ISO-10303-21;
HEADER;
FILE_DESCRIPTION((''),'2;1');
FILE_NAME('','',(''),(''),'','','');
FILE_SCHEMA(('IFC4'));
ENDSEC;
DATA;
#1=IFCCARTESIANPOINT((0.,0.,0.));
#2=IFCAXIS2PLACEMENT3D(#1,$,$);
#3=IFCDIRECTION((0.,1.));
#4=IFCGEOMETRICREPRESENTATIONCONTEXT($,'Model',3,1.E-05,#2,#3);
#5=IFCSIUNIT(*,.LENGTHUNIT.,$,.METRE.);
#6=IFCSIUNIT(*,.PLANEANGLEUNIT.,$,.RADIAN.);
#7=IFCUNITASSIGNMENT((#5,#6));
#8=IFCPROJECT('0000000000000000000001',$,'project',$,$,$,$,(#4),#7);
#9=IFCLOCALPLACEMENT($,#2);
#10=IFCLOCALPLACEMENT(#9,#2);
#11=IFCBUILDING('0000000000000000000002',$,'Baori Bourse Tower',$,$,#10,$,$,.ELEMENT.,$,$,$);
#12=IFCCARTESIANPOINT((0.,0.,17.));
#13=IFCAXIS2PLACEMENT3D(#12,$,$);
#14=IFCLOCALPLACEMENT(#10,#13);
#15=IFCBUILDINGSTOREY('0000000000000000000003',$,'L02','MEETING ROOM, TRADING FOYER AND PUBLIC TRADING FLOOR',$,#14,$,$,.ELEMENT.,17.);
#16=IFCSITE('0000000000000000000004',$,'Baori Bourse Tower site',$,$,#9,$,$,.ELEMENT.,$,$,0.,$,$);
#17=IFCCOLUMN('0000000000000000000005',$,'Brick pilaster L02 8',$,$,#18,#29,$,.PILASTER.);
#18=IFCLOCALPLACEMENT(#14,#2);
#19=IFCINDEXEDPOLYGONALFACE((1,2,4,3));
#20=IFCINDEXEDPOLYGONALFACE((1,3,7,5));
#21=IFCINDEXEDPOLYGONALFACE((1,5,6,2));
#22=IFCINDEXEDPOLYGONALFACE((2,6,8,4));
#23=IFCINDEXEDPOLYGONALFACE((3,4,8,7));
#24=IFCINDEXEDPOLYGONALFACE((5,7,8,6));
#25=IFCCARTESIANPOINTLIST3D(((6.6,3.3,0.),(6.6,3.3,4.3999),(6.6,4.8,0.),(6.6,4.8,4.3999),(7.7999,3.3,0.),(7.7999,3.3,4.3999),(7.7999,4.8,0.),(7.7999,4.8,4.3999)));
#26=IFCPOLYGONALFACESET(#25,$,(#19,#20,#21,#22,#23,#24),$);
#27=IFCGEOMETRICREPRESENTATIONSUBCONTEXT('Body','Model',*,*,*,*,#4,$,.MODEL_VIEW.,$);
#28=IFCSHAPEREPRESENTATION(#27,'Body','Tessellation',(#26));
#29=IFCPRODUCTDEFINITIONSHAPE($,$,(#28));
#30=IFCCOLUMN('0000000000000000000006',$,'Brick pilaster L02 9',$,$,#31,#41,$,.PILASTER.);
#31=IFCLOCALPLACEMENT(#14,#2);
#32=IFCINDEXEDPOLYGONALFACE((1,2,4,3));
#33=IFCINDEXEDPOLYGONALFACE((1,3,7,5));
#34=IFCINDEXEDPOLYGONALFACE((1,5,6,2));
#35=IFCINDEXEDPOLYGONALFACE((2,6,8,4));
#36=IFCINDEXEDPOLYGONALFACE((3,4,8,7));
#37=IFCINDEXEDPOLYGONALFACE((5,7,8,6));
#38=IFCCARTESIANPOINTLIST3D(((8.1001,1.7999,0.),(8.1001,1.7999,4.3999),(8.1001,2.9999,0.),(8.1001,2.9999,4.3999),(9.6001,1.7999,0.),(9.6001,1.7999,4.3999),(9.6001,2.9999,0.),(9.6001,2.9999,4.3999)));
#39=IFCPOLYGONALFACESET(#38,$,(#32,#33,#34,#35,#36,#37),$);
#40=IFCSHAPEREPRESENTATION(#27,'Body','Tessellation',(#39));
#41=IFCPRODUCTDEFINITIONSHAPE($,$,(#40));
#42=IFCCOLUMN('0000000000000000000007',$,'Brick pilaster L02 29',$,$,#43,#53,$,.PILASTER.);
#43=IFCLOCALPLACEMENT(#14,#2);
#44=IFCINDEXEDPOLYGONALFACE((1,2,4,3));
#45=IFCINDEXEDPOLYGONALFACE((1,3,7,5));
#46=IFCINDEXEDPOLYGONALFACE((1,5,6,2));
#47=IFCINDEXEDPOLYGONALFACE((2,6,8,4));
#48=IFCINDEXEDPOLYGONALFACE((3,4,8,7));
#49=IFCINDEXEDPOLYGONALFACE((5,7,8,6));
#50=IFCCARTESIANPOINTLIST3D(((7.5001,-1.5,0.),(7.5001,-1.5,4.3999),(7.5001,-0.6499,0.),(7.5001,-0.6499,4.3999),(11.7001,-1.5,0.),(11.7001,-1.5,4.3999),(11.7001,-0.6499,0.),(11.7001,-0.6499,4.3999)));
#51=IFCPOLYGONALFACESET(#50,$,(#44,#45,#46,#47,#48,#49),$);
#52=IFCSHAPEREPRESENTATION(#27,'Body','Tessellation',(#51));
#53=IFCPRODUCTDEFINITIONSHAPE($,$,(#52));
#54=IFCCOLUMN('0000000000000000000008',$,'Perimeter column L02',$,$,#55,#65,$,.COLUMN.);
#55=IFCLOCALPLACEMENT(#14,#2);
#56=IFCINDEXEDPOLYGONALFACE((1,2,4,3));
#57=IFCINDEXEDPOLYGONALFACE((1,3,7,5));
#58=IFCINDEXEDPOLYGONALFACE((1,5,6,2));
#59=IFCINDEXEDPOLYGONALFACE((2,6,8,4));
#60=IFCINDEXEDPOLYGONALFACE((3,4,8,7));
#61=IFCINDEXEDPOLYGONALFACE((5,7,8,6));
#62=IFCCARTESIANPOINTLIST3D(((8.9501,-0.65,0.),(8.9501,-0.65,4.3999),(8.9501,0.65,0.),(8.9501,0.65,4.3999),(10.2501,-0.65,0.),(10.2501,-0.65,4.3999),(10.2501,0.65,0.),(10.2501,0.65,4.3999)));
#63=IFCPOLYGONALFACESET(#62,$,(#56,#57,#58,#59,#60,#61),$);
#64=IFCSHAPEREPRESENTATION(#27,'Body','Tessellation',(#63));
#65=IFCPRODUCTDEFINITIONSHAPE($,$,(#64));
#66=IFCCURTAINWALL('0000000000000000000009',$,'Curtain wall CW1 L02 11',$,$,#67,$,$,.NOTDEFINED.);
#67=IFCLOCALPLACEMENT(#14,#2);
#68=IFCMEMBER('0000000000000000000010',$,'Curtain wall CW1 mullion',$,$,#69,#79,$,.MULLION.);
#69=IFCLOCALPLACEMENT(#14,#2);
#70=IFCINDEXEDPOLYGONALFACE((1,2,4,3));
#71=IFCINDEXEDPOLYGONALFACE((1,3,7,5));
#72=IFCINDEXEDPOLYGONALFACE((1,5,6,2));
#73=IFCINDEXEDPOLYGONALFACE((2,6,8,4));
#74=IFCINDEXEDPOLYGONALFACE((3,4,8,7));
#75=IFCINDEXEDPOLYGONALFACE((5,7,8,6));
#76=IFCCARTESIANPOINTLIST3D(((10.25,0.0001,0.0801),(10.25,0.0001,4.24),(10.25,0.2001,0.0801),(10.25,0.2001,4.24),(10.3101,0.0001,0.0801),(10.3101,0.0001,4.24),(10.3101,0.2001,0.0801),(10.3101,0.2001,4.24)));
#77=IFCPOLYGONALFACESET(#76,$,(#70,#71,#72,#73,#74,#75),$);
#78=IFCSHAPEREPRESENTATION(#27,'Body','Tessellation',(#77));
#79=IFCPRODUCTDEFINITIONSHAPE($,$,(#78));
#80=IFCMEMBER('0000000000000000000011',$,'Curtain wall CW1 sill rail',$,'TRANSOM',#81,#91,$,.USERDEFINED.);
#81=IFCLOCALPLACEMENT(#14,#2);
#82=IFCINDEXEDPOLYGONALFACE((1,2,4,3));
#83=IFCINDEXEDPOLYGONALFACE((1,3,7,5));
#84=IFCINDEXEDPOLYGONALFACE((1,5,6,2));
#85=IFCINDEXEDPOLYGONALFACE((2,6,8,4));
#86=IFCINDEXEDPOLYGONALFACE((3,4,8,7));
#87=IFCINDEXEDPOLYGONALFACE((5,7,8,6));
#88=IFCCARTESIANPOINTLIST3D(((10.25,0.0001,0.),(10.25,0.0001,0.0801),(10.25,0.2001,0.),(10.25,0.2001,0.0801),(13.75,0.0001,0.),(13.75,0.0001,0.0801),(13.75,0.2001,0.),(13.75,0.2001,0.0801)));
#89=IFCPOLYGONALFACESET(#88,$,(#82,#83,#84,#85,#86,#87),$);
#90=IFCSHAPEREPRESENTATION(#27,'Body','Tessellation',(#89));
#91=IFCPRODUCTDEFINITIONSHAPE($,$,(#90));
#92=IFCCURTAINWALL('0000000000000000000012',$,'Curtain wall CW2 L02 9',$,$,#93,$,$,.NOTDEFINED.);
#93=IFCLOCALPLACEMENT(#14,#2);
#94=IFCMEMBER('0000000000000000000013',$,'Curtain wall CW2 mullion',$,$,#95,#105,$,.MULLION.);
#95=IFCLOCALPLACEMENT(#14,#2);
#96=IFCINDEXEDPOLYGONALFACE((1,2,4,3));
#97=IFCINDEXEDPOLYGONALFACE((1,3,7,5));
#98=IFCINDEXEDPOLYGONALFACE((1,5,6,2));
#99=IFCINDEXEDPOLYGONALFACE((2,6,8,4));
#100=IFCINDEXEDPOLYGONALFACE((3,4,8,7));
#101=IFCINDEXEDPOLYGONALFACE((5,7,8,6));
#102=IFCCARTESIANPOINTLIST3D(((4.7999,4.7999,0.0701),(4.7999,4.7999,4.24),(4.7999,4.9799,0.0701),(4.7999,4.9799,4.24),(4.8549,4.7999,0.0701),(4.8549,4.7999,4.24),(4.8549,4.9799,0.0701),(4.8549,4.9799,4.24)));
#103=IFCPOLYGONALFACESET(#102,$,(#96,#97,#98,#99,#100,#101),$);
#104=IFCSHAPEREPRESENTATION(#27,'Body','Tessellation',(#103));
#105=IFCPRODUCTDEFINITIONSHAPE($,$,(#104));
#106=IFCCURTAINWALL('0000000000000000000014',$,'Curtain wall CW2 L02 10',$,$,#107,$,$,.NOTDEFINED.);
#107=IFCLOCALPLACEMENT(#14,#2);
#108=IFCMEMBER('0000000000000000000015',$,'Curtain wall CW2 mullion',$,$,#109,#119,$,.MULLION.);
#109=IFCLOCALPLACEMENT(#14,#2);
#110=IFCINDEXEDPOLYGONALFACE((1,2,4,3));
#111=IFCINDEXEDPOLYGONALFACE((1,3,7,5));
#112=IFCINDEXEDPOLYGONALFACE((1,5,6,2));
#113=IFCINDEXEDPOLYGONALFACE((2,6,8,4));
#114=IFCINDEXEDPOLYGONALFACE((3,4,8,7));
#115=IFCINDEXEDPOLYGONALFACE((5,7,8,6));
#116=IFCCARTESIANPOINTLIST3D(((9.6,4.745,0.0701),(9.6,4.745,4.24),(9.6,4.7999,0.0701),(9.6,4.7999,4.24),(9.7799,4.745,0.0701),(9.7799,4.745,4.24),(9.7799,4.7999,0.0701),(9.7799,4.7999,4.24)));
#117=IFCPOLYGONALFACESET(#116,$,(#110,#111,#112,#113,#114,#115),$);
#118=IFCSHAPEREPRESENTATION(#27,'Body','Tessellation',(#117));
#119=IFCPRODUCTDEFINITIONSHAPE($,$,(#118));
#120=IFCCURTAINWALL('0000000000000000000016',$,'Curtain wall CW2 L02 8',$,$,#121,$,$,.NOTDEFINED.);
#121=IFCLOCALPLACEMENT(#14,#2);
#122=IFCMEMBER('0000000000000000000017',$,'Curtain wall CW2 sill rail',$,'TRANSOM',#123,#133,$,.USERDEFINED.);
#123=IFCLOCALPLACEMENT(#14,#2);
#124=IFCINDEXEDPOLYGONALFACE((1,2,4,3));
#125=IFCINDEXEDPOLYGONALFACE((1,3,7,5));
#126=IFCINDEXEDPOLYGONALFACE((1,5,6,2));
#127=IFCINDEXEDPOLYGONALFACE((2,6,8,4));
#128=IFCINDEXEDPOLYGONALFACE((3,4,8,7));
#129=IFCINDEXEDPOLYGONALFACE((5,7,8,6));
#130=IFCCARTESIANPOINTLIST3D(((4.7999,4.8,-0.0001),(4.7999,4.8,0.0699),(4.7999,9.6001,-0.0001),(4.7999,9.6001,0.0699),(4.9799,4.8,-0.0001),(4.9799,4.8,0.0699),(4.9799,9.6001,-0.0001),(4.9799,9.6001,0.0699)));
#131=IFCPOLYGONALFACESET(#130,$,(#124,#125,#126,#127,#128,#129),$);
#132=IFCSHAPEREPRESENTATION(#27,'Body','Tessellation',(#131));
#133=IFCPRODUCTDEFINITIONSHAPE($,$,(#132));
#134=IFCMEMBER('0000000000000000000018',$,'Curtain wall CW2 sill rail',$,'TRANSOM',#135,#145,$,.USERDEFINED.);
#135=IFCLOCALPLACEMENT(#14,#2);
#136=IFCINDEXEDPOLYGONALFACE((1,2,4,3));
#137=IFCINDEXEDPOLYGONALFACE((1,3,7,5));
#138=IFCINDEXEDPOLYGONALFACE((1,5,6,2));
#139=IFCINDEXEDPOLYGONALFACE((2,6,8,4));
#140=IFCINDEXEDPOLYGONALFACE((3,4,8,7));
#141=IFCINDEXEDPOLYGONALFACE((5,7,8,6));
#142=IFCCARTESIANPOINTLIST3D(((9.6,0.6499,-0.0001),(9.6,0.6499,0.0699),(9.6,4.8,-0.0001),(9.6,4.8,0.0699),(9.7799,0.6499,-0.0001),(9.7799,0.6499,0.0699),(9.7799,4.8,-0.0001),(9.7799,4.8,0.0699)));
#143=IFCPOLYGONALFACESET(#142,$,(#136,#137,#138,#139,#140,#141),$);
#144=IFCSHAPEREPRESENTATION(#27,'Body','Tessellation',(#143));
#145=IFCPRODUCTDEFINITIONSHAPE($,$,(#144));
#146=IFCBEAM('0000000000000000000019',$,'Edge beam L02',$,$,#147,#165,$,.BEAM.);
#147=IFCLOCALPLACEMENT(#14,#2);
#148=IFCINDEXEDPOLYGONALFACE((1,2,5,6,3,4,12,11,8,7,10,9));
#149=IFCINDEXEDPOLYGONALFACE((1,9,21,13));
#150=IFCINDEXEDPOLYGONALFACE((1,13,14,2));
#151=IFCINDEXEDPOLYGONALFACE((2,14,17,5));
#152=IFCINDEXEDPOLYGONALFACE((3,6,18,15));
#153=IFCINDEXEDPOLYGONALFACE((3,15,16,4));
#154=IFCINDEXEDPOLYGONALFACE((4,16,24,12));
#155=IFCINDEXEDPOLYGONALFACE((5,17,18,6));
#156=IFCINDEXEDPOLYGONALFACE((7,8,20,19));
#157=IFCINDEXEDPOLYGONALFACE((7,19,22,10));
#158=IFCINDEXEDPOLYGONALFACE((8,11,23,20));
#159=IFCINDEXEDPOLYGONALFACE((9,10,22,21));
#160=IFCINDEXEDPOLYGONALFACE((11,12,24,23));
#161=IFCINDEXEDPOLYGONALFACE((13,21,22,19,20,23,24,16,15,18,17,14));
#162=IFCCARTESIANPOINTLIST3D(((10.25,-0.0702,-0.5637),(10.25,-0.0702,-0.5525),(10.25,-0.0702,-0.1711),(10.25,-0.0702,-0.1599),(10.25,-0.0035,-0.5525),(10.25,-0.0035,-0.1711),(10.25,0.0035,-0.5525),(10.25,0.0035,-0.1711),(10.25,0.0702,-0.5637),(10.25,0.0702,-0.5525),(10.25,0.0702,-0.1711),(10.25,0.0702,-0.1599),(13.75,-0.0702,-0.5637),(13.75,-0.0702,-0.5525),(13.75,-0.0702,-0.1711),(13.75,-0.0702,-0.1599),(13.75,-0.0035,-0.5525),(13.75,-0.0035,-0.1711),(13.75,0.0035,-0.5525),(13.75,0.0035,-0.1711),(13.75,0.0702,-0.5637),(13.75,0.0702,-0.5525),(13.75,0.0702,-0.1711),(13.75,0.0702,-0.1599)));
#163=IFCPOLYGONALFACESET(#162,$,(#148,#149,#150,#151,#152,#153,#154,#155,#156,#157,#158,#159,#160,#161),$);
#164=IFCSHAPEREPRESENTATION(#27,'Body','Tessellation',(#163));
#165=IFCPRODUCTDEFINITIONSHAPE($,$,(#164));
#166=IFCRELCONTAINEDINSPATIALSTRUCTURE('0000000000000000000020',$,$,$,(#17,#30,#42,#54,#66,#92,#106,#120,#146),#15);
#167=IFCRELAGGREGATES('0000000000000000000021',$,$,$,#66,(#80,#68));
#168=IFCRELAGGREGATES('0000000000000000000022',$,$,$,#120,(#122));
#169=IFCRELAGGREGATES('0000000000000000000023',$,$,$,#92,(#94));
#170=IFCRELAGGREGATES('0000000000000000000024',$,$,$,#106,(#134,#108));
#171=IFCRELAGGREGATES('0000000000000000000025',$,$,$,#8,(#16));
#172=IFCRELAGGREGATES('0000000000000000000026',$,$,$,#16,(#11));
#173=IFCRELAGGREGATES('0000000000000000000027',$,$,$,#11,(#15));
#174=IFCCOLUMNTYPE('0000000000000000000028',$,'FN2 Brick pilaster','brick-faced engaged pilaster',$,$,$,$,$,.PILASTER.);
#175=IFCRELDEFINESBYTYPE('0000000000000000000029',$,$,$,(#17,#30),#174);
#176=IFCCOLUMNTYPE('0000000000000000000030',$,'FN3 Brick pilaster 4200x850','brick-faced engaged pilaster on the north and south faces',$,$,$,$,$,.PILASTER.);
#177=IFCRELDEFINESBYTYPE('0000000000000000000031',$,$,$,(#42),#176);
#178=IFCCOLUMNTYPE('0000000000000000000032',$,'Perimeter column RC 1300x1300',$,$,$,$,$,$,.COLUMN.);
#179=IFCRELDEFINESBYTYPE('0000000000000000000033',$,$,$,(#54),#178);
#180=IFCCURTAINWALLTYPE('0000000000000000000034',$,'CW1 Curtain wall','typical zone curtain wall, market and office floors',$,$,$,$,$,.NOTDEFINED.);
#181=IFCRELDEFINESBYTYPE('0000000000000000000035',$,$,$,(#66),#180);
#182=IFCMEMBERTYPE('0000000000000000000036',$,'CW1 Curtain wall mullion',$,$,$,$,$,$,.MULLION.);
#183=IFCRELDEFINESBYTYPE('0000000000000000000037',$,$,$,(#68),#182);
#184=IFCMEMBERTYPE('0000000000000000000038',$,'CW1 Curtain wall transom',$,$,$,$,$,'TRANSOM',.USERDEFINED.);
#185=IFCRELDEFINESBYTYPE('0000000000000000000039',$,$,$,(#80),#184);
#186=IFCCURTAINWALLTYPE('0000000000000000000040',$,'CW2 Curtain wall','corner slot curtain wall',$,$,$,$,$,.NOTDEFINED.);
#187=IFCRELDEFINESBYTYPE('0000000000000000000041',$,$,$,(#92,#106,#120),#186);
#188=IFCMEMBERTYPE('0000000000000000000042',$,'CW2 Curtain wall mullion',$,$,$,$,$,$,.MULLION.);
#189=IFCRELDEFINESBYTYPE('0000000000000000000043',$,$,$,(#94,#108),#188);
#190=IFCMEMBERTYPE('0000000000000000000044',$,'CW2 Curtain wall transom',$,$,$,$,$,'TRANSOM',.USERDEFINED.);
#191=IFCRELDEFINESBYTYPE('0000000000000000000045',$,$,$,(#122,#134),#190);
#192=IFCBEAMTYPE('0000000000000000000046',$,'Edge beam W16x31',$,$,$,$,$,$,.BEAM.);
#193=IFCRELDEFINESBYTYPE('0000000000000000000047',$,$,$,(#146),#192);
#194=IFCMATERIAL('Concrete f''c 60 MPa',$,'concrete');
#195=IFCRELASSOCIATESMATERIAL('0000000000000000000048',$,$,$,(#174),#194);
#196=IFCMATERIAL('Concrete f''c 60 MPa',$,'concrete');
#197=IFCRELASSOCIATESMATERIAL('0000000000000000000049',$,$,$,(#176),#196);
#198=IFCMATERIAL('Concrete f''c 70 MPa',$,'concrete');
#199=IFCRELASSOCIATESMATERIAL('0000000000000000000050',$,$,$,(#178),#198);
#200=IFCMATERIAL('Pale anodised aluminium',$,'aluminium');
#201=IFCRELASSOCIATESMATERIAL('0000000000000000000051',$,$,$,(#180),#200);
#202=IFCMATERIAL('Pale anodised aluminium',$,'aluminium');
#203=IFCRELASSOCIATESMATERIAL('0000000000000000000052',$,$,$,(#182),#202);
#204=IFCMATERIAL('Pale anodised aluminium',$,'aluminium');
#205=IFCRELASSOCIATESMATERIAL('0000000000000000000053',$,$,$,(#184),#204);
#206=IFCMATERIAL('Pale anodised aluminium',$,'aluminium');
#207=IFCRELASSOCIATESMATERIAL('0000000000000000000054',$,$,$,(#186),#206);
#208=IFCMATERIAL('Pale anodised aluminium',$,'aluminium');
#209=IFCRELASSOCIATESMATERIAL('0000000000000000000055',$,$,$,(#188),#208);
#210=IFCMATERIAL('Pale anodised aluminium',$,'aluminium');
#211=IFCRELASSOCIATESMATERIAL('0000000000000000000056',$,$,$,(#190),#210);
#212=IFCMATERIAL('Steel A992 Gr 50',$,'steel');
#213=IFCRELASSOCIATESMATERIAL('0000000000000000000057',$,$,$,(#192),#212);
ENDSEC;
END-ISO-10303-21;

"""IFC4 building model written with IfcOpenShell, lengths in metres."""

from ifc_helpers import new_model, si_unit, direction, frame, origin, origin_2d, place, context, subcontext, project, spatial, rectangle, i_section, extrude, material, material_profile, profile_set, type_object, element, aggregate, save


model = new_model("IFC4")

# Units and contexts
model_context = context("Model", 3, precision=1e-05, world=origin(), true_north=direction((0.0, 1.0)))
body_context = subcontext(model_context, "Body", "Model", "MODEL_VIEW")
ifc_project = project(units=[si_unit("LENGTHUNIT", "METRE"), si_unit("PLANEANGLEUNIT", "RADIAN")], contexts=[model_context])

# Site, building, storey
site_placement = place(None, origin())
site = spatial("IfcSite", under=ifc_project, at=site_placement, Name="Baori Bourse Tower site", CompositionType="ELEMENT", RefElevation=0.0)
building_placement = place(site_placement, origin())
building = spatial("IfcBuilding", under=site, at=building_placement, Name="Baori Bourse Tower", CompositionType="ELEMENT")
storey_placement = place(building_placement, frame((0.0, 0.0, 17.0)))
storey = spatial("IfcBuildingStorey", under=building, at=storey_placement, Name="L02", Description="MEETING ROOM, TRADING FOYER AND PUBLIC TRADING FLOOR", CompositionType="ELEMENT", Elevation=17.0)

# Columns
ifc_material_1 = material(Name="Concrete f'c 60 MPa", Category="concrete")
ifc_material_profile_1 = material_profile(ifc_material_1, rectangle(XDim=1.2, YDim=1.5, at=origin_2d()), Name="RC 1200x1500")
ifc_profile_set_1 = profile_set([ifc_material_profile_1], Name="Concrete f'c 60 MPa")
column_type_1 = type_object("IfcColumnType", Name="FN2 Brick pilaster", Description="brick-faced engaged pilaster", PredefinedType="PILASTER", material=ifc_profile_set_1)
for number, where, z_axis, x_axis, name in (
    (1, (7.2, 4.05, 0.0), (0.0, 0.0, 1.0), (1.0, 0.0, 0.0), "Brick pilaster L02 8"),
    (2, (8.8501, 2.3999, 0.0), (0.0, 0.0, 1.0), (0.0, 1.0, 0.0), "Brick pilaster L02 9"),
):
    element("IfcColumn", number, at=place(storey_placement, frame(where, z_axis=z_axis, x_axis=x_axis)), inside=storey, type_object=column_type_1, Name=name, PredefinedType="PILASTER", context=body_context, shape_type="SweptSolid", body=[
        extrude(rectangle(XDim=1.2, YDim=1.5, at=origin_2d()), origin(), (0.0, 0.0, 1.0), 4.3999),
    ])
ifc_material_2 = material(Name="Concrete f'c 60 MPa", Category="concrete")
ifc_material_profile_2 = material_profile(ifc_material_2, rectangle(XDim=4.2, YDim=0.8501, at=origin_2d()), Name="RC 4200x850")
ifc_profile_set_2 = profile_set([ifc_material_profile_2], Name="Concrete f'c 60 MPa")
column_type_2 = type_object("IfcColumnType", Name="FN3 Brick pilaster 4200x850", Description="brick-faced engaged pilaster on the north and south faces", PredefinedType="PILASTER", material=ifc_profile_set_2)
column_1_placement = place(storey_placement, frame((9.6001, -1.075, 0.0), z_axis=(0.0, 0.0, 1.0), x_axis=(1.0, 0.0, 0.0)))
element("IfcColumn", 3, at=column_1_placement, inside=storey, type_object=column_type_2, Name="Brick pilaster L02 29", PredefinedType="PILASTER", context=body_context, shape_type="SweptSolid", body=[
    extrude(rectangle(XDim=4.2, YDim=0.8501, at=origin_2d()), origin(), (0.0, 0.0, 1.0), 4.3999),
])
ifc_material_3 = material(Name="Concrete f'c 70 MPa", Category="concrete")
ifc_material_profile_3 = material_profile(ifc_material_3, rectangle(XDim=1.3, YDim=1.3, at=origin_2d()), Name="RC 1300x1300")
ifc_profile_set_3 = profile_set([ifc_material_profile_3], Name="Concrete f'c 70 MPa")
column_type_3 = type_object("IfcColumnType", Name="Perimeter column RC 1300x1300", PredefinedType="COLUMN", material=ifc_profile_set_3)
column_2_placement = place(storey_placement, frame((9.6001, 0.0, 0.0), z_axis=(0.0, 0.0, 1.0), x_axis=(1.0, 0.0, 0.0)))
element("IfcColumn", 4, at=column_2_placement, inside=storey, type_object=column_type_3, Name="Perimeter column L02", PredefinedType="COLUMN", context=body_context, shape_type="SweptSolid", body=[
    extrude(rectangle(XDim=1.3, YDim=1.3, at=origin_2d()), origin(), (0.0, 0.0, 1.0), 4.3999),
])

# Curtain wall, members
ifc_material_4 = material(Name="Pale anodised aluminium", Category="aluminium")
curtain_wall_type_1 = type_object("IfcCurtainWallType", Name="CW1 Curtain wall", Description="typical zone curtain wall, market and office floors", PredefinedType="NOTDEFINED", material=ifc_material_4)
curtain_wall_1_placement = place(storey_placement, origin())
curtain_wall_1 = element("IfcCurtainWall", 5, at=curtain_wall_1_placement, inside=storey, type_object=curtain_wall_type_1, Name="Curtain wall CW1 L02 11", PredefinedType="NOTDEFINED")
ifc_material_5 = material(Name="Pale anodised aluminium", Category="aluminium")
ifc_material_profile_4 = material_profile(ifc_material_5, rectangle(XDim=0.2, YDim=0.0601, at=origin_2d()), Name="Mullion 60x200")
ifc_profile_set_4 = profile_set([ifc_material_profile_4], Name="Pale anodised aluminium")
member_type_1 = type_object("IfcMemberType", Name="CW1 Curtain wall mullion", PredefinedType="MULLION", material=ifc_profile_set_4)
member_1_placement = place(storey_placement, frame((10.28, 0.1001, 0.0801), z_axis=(0.0, 0.0, 1.0), x_axis=(0.0, 1.0, 0.0)))
member_1 = element("IfcMember", 6, at=member_1_placement, type_object=member_type_1, Name="Curtain wall CW1 mullion", PredefinedType="MULLION", context=body_context, shape_type="SweptSolid", body=[
    extrude(rectangle(XDim=0.2, YDim=0.0601, at=origin_2d()), origin(), (0.0, 0.0, 1.0), 4.1599),
])
ifc_material_6 = material(Name="Pale anodised aluminium", Category="aluminium")
ifc_material_profile_5 = material_profile(ifc_material_6, rectangle(XDim=0.2, YDim=0.0801, at=origin_2d()), Name="Transom 80x200")
ifc_profile_set_5 = profile_set([ifc_material_profile_5], Name="Pale anodised aluminium")
member_type_2 = type_object("IfcMemberType", Name="CW1 Curtain wall transom", ElementType="TRANSOM", PredefinedType="USERDEFINED", material=ifc_profile_set_5)
member_2_placement = place(storey_placement, frame((10.25, 0.1001, 0.04), z_axis=(1.0, 0.0, 0.0), x_axis=(0.0, 1.0, 0.0)))
member_2 = element("IfcMember", 7, at=member_2_placement, type_object=member_type_2, Name="Curtain wall CW1 sill rail", ObjectType="TRANSOM", PredefinedType="USERDEFINED", context=body_context, shape_type="SweptSolid", body=[
    extrude(rectangle(XDim=0.2, YDim=0.0801, at=origin_2d()), origin(), (0.0, 0.0, 1.0), 3.5),
])
aggregate(curtain_wall_1, [member_2, member_1])

# Curtain walls, members
ifc_material_7 = material(Name="Pale anodised aluminium", Category="aluminium")
curtain_wall_type_2 = type_object("IfcCurtainWallType", Name="CW2 Curtain wall", Description="corner slot curtain wall", PredefinedType="NOTDEFINED", material=ifc_material_7)
curtain_wall_2_placement = place(storey_placement, origin())
curtain_wall_2 = element("IfcCurtainWall", 8, at=curtain_wall_2_placement, inside=storey, type_object=curtain_wall_type_2, Name="Curtain wall CW2 L02 9", PredefinedType="NOTDEFINED")
ifc_material_8 = material(Name="Pale anodised aluminium", Category="aluminium")
ifc_material_profile_6 = material_profile(ifc_material_8, rectangle(XDim=0.1799, YDim=0.0549, at=origin_2d()), Name="Mullion 55x180")
ifc_profile_set_6 = profile_set([ifc_material_profile_6], Name="Pale anodised aluminium")
member_type_3 = type_object("IfcMemberType", Name="CW2 Curtain wall mullion", PredefinedType="MULLION", material=ifc_profile_set_6)
member_3_placement = place(storey_placement, frame((4.8274, 4.8899, 0.0701), z_axis=(0.0, 0.0, 1.0), x_axis=(0.0, 1.0, 0.0)))
member_3 = element("IfcMember", 9, at=member_3_placement, type_object=member_type_3, Name="Curtain wall CW2 mullion", PredefinedType="MULLION", context=body_context, shape_type="SweptSolid", body=[
    extrude(rectangle(XDim=0.1799, YDim=0.0549, at=origin_2d()), origin(), (0.0, 0.0, 1.0), 4.1699),
])
curtain_wall_3_placement = place(storey_placement, origin())
curtain_wall_3 = element("IfcCurtainWall", 10, at=curtain_wall_3_placement, inside=storey, type_object=curtain_wall_type_2, Name="Curtain wall CW2 L02 10", PredefinedType="NOTDEFINED")
member_4_placement = place(storey_placement, frame((9.6899, 4.7725, 0.0701), z_axis=(0.0, 0.0, 1.0), x_axis=(1.0, 0.0, 0.0)))
member_4 = element("IfcMember", 11, at=member_4_placement, type_object=member_type_3, Name="Curtain wall CW2 mullion", PredefinedType="MULLION", context=body_context, shape_type="SweptSolid", body=[
    extrude(rectangle(XDim=0.1799, YDim=0.0549, at=origin_2d()), origin(), (0.0, 0.0, 1.0), 4.1699),
])
curtain_wall_4_placement = place(storey_placement, origin())
curtain_wall_4 = element("IfcCurtainWall", 12, at=curtain_wall_4_placement, inside=storey, type_object=curtain_wall_type_2, Name="Curtain wall CW2 L02 8", PredefinedType="NOTDEFINED")
ifc_material_9 = material(Name="Pale anodised aluminium", Category="aluminium")
ifc_material_profile_7 = material_profile(ifc_material_9, rectangle(XDim=0.1799, YDim=0.0701, at=origin_2d()), Name="Transom 70x180")
ifc_profile_set_7 = profile_set([ifc_material_profile_7], Name="Pale anodised aluminium")
member_type_4 = type_object("IfcMemberType", Name="CW2 Curtain wall transom", ElementType="TRANSOM", PredefinedType="USERDEFINED", material=ifc_profile_set_7)
member_5_placement = place(storey_placement, frame((4.8899, 9.6001, 0.0349), z_axis=(0.0, -1.0, 0.0), x_axis=(1.0, 0.0, 0.0)))
member_5 = element("IfcMember", 13, at=member_5_placement, type_object=member_type_4, Name="Curtain wall CW2 sill rail", ObjectType="TRANSOM", PredefinedType="USERDEFINED", context=body_context, shape_type="SweptSolid", body=[
    extrude(rectangle(XDim=0.1799, YDim=0.0701, at=origin_2d()), origin(), (0.0, 0.0, 1.0), 4.8),
])

# Member
member_6_placement = place(storey_placement, frame((9.6899, 4.8, 0.0349), z_axis=(0.0, -1.0, 0.0), x_axis=(1.0, 0.0, 0.0)))
member_6 = element("IfcMember", 14, at=member_6_placement, type_object=member_type_4, Name="Curtain wall CW2 sill rail", ObjectType="TRANSOM", PredefinedType="USERDEFINED", context=body_context, shape_type="SweptSolid", body=[
    extrude(rectangle(XDim=0.1799, YDim=0.0701, at=origin_2d()), origin(), (0.0, 0.0, 1.0), 4.1501),
])

# Beam
ifc_material_10 = material(Name="Steel A992 Gr 50", Category="steel")
ifc_material_profile_8 = material_profile(ifc_material_10, i_section(OverallWidth=0.1404, OverallDepth=0.4038, WebThickness=0.0071, FlangeThickness=0.0112, at=origin_2d()), Name="W16x31")
ifc_profile_set_8 = profile_set([ifc_material_profile_8], Name="Steel A992 Gr 50")
beam_type_1 = type_object("IfcBeamType", Name="Edge beam W16x31", PredefinedType="BEAM", material=ifc_profile_set_8)
beam_1_placement = place(storey_placement, frame((10.25, 0.0, -0.3618), z_axis=(1.0, 0.0, 0.0), x_axis=(0.0, 1.0, 0.0)))
element("IfcBeam", 15, at=beam_1_placement, inside=storey, type_object=beam_type_1, Name="Edge beam L02", PredefinedType="BEAM", context=body_context, shape_type="SweptSolid", body=[
    extrude(i_section(OverallWidth=0.1404, OverallDepth=0.4038, WebThickness=0.0071, FlangeThickness=0.0112, at=origin_2d()), origin(), (0.0, 0.0, 1.0), 3.5),
])

aggregate(curtain_wall_4, [member_5])
aggregate(curtain_wall_2, [member_3])
aggregate(curtain_wall_3, [member_6, member_4])

save(model, "model.ifc")
